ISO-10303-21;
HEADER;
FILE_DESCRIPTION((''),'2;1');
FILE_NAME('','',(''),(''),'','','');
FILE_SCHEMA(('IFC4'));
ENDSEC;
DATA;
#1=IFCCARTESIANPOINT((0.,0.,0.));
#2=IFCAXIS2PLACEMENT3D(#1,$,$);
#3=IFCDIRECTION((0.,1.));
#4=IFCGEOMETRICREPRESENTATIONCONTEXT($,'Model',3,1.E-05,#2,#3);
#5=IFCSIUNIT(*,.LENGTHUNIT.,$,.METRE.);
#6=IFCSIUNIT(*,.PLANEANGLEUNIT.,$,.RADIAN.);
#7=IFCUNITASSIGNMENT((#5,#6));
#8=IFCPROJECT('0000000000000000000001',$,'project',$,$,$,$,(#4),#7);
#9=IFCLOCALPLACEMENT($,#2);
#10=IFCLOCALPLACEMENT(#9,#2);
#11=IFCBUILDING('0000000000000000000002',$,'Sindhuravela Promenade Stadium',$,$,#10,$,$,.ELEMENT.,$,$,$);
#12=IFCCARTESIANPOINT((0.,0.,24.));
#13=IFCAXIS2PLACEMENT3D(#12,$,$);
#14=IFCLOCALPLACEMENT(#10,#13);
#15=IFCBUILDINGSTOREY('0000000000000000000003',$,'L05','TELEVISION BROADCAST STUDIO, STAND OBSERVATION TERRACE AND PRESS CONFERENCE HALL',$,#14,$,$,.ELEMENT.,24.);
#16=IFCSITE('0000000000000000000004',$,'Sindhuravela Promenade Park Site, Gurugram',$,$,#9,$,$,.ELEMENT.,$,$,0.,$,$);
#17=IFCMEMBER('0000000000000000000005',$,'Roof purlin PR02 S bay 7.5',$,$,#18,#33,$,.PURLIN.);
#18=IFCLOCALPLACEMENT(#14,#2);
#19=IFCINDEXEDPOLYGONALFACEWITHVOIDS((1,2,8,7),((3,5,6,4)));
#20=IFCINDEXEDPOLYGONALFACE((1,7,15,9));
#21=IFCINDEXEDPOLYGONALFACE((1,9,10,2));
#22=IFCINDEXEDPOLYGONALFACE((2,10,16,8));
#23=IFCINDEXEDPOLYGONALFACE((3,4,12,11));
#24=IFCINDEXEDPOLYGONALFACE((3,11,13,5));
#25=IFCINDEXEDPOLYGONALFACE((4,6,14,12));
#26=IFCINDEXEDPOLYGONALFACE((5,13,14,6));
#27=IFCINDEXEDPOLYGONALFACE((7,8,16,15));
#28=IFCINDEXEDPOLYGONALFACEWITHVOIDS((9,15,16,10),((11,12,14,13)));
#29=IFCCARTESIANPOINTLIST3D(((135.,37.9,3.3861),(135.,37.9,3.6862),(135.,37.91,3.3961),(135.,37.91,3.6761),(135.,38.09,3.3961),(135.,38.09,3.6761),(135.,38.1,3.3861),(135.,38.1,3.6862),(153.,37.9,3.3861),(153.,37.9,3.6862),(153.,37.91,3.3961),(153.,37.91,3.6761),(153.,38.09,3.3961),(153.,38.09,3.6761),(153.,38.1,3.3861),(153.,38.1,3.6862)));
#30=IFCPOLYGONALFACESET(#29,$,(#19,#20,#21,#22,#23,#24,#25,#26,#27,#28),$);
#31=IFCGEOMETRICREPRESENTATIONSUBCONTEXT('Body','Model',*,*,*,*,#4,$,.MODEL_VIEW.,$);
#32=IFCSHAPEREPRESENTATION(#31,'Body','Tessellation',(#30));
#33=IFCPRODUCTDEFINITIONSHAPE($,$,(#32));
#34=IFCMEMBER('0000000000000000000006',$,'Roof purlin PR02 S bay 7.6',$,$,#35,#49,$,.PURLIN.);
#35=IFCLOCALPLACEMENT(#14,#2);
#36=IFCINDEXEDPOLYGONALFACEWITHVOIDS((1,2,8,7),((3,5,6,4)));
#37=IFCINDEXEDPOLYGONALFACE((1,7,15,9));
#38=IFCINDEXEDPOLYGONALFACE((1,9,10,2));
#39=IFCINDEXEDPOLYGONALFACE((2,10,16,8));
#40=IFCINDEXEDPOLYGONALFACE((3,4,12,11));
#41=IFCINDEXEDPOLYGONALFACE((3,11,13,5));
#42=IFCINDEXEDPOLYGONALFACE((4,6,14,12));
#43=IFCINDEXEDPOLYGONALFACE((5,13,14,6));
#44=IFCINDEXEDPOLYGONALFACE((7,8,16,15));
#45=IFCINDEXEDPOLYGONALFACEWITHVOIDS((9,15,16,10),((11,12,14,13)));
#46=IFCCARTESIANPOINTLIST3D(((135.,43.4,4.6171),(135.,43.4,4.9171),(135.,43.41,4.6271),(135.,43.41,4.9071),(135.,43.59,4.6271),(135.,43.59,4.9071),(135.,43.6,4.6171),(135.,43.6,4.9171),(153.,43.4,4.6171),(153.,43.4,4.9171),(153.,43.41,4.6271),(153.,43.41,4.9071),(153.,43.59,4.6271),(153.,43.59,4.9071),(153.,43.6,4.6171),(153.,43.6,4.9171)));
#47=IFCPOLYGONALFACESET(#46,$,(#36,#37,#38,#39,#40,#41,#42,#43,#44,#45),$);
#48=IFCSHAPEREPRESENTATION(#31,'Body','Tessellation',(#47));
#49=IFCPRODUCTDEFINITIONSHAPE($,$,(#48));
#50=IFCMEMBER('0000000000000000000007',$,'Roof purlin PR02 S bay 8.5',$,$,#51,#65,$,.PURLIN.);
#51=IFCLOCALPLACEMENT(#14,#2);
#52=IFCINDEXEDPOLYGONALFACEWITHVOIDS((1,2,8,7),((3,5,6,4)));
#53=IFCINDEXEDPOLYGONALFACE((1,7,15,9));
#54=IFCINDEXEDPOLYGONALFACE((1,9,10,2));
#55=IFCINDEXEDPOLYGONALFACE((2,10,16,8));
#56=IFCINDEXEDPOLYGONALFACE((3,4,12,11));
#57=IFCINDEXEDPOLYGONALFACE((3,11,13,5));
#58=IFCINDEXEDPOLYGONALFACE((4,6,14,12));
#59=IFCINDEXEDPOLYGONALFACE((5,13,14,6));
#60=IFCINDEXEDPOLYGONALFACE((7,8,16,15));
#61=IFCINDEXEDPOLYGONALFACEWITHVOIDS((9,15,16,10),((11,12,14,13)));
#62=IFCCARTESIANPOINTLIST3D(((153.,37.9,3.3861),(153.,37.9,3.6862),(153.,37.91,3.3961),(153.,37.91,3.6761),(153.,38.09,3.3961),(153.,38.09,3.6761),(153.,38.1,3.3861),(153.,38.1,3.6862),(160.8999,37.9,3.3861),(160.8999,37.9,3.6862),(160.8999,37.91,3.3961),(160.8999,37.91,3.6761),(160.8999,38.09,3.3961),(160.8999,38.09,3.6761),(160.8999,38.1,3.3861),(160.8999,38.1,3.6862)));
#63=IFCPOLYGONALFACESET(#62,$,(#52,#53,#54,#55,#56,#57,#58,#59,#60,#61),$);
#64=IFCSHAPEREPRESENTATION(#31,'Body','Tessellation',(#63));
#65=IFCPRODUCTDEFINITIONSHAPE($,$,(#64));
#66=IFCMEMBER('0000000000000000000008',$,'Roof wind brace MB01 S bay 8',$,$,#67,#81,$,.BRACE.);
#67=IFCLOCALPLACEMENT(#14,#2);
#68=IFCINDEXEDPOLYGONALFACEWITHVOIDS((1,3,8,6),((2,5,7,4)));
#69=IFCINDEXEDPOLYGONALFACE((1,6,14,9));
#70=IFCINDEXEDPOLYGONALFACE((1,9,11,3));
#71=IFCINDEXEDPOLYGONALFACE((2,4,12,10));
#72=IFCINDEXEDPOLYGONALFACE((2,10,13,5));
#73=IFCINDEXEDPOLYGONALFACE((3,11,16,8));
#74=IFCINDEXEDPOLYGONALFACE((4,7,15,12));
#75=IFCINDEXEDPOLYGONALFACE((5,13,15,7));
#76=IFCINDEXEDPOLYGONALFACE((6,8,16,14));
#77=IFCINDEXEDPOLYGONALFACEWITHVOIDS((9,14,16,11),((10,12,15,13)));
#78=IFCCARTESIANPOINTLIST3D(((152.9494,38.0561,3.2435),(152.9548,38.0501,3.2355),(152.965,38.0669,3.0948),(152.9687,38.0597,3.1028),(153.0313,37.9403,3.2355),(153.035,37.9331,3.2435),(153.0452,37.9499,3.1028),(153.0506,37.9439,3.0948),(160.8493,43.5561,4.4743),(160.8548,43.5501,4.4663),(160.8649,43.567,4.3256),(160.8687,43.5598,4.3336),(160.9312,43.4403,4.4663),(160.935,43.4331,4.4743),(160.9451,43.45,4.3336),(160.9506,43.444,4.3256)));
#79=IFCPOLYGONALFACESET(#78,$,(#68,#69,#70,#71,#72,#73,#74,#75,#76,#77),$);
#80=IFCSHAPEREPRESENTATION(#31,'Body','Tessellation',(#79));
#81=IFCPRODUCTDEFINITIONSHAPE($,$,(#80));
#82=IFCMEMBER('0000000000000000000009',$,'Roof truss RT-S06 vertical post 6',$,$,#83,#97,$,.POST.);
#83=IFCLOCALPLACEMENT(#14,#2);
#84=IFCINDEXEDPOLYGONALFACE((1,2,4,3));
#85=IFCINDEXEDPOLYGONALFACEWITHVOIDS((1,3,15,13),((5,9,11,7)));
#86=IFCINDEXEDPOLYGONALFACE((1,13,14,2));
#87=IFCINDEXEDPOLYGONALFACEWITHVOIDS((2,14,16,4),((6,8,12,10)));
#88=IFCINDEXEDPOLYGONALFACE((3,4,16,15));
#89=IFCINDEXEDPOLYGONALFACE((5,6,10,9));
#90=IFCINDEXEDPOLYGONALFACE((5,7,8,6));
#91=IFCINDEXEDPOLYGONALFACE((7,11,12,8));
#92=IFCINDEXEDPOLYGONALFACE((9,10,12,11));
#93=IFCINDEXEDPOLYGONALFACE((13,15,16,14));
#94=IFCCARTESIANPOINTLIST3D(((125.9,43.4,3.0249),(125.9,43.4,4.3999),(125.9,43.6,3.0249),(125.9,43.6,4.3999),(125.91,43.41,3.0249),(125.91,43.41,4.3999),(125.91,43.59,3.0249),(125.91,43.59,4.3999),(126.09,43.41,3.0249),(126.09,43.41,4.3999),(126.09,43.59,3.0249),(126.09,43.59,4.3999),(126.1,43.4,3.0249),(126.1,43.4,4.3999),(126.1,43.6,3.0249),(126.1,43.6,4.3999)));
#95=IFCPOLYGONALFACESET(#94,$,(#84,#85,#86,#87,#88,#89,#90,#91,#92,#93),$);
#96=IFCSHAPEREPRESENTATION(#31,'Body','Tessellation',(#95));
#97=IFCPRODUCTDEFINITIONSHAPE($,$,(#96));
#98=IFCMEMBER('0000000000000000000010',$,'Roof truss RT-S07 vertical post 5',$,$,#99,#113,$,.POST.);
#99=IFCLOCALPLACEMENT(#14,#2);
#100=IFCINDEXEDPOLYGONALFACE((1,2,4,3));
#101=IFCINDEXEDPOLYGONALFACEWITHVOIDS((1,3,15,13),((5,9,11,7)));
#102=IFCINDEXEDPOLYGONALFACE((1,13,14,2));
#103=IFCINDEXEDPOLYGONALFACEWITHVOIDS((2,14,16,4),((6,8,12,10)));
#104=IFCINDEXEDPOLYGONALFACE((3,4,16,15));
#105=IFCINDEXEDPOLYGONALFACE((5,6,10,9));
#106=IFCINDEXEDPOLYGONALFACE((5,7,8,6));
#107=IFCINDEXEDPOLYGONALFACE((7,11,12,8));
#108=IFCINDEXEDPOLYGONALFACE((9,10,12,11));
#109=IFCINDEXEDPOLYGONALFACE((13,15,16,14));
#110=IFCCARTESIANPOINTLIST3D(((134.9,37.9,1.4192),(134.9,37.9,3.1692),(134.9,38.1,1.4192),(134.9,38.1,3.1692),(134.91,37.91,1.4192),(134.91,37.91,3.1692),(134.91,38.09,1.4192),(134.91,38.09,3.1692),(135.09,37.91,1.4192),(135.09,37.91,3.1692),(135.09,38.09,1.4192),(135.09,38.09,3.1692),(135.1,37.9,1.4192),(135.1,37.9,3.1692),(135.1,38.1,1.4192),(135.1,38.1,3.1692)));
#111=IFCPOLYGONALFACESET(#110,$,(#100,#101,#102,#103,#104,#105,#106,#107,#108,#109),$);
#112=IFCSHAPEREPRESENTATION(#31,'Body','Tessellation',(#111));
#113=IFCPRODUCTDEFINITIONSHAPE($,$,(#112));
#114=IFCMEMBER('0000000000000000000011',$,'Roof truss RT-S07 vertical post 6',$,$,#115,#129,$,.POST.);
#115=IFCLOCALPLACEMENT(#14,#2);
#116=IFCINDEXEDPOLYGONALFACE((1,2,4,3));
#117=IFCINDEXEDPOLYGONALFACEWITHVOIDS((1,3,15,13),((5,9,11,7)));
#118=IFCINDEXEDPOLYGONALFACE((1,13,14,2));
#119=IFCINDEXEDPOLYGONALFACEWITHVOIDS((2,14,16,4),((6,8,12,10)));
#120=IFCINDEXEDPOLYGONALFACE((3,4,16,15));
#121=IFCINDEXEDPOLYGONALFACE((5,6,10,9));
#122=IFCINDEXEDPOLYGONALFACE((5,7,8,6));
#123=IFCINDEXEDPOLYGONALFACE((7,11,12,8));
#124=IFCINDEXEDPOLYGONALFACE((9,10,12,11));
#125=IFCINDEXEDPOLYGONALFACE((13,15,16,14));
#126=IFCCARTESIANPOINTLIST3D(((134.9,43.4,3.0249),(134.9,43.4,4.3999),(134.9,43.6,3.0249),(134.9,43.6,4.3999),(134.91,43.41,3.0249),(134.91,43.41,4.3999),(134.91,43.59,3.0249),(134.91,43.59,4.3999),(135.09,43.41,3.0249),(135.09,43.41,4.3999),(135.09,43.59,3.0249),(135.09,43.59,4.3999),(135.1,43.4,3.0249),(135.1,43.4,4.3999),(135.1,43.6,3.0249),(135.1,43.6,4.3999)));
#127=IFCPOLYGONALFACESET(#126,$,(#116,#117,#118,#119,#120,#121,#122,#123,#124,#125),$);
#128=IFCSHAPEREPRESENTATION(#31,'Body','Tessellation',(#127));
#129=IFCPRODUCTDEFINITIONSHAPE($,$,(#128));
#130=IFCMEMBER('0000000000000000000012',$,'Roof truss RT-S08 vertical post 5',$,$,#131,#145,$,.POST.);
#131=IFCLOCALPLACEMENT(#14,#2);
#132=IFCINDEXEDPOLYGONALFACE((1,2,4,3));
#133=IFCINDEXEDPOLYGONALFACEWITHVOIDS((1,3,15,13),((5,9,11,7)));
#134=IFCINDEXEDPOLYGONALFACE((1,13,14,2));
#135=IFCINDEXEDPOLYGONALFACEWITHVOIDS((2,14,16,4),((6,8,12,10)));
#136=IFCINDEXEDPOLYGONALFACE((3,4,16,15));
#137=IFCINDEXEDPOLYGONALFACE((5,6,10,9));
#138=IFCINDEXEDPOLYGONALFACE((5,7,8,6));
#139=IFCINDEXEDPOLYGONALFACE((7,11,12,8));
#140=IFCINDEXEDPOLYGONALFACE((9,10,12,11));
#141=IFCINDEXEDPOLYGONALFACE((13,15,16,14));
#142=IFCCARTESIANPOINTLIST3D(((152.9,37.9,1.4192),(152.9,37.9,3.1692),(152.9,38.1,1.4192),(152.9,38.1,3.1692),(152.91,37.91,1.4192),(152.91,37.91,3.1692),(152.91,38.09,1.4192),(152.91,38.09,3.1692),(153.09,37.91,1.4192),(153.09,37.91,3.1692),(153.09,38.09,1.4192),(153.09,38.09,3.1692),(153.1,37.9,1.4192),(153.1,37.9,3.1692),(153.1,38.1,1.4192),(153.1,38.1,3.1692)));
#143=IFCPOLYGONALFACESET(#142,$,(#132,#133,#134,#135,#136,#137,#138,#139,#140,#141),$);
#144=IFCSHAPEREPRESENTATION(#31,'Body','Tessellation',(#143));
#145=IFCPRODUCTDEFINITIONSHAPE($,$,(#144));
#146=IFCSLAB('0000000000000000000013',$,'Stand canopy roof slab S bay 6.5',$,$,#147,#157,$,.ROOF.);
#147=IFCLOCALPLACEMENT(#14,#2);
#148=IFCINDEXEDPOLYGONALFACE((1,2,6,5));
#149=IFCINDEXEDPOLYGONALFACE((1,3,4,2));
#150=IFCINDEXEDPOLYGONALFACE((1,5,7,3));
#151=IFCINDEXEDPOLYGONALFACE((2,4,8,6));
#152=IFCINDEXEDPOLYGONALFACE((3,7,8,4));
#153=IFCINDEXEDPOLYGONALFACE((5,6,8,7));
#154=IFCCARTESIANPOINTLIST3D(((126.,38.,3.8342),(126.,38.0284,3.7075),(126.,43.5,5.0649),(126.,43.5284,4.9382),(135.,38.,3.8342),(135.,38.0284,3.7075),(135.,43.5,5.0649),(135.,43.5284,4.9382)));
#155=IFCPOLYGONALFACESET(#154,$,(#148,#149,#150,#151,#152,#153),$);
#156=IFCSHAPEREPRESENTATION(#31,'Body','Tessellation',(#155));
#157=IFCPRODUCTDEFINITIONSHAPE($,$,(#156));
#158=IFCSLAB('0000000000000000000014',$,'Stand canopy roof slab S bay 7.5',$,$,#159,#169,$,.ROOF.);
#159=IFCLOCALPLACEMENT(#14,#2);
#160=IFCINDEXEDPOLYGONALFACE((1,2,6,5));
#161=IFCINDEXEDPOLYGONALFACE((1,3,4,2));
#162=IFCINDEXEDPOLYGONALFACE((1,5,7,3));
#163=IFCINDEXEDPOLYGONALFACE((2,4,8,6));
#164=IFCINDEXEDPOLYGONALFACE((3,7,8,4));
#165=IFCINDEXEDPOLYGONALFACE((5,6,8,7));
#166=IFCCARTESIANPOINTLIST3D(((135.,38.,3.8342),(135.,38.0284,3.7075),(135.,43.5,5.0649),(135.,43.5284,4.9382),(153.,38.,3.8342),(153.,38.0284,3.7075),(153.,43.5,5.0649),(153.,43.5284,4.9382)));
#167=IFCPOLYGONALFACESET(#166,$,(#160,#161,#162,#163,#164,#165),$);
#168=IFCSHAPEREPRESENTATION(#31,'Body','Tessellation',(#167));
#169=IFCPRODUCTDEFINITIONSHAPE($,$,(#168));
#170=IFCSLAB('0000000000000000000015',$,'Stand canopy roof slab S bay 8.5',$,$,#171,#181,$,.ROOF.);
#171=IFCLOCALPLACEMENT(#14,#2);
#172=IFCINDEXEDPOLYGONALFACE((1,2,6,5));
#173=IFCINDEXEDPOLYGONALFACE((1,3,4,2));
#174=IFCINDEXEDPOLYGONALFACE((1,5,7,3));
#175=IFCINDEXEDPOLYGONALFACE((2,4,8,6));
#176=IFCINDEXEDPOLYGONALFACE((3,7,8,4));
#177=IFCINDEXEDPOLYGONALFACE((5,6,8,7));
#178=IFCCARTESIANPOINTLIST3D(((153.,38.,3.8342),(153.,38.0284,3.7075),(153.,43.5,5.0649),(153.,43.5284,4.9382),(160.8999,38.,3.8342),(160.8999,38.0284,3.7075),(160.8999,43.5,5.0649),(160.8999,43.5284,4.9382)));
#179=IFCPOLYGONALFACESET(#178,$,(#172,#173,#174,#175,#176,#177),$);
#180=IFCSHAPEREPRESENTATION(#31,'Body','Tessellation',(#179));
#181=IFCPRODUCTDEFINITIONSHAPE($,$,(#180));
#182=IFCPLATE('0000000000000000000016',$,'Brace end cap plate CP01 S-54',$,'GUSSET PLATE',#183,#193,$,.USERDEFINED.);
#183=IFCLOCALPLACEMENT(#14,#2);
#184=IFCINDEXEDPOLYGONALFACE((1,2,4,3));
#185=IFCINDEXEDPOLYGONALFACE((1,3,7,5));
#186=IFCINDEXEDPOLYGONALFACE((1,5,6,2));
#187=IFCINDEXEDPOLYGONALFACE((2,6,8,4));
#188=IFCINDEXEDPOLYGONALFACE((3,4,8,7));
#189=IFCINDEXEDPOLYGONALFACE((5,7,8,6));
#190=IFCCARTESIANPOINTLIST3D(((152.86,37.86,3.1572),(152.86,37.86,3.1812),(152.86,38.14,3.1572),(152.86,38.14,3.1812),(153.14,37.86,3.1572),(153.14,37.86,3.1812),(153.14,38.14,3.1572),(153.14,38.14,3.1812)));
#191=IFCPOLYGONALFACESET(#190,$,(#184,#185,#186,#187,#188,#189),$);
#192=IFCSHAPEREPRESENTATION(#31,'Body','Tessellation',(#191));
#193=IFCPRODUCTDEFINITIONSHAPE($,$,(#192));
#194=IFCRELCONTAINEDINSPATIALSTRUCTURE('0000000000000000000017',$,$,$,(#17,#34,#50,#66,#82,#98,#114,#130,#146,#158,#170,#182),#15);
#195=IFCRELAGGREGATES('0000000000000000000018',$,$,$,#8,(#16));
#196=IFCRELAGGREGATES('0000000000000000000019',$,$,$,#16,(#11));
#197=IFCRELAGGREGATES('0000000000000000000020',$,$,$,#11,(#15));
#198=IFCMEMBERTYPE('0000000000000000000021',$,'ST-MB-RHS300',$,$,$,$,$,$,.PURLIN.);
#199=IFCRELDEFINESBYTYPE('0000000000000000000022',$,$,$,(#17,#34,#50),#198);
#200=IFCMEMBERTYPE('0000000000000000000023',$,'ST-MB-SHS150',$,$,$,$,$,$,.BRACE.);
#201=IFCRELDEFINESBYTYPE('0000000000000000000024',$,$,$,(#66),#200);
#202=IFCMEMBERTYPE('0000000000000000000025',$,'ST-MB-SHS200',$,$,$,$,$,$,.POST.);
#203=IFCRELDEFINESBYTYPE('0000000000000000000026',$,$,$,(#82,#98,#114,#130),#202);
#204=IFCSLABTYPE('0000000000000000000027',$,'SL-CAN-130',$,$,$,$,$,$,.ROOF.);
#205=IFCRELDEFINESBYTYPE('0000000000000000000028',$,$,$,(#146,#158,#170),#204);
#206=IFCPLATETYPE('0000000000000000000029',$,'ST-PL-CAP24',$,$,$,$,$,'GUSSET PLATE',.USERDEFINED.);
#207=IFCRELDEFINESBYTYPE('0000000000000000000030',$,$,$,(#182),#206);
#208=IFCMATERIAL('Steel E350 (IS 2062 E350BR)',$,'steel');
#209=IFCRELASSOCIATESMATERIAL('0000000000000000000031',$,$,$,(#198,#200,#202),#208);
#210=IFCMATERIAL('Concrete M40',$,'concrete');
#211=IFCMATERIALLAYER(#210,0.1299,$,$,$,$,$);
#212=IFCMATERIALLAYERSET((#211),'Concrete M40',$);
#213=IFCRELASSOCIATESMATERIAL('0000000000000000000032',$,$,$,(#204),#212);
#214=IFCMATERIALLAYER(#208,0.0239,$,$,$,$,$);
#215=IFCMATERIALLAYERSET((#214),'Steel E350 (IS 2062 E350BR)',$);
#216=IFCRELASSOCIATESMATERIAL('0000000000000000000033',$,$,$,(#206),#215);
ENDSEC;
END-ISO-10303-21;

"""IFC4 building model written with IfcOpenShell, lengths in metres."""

from ifc_helpers import new_model, si_unit, direction, frame, origin, origin_2d, place, context, subcontext, project, spatial, polyline, rectangle, hollow_rectangle, outline, extrude, material, layer, layer_set, material_profile, profile_set, type_object, element, save


model = new_model("IFC4")

# Units and contexts
model_context = context("Model", 3, precision=1e-05, world=origin(), true_north=direction((0.0, 1.0)))
body_context = subcontext(model_context, "Body", "Model", "MODEL_VIEW")
ifc_project = project(units=[si_unit("LENGTHUNIT", "METRE"), si_unit("PLANEANGLEUNIT", "RADIAN")], contexts=[model_context])

# Site, building, storey
site_placement = place(None, origin())
site = spatial("IfcSite", under=ifc_project, at=site_placement, Name="Sindhuravela Promenade Park Site, Gurugram", CompositionType="ELEMENT", RefElevation=0.0)
building_placement = place(site_placement, origin())
building = spatial("IfcBuilding", under=site, at=building_placement, Name="Sindhuravela Promenade Stadium", CompositionType="ELEMENT")
storey_placement = place(building_placement, frame((0.0, 0.0, 24.0)))
storey = spatial("IfcBuildingStorey", under=building, at=storey_placement, Name="L05", Description="TELEVISION BROADCAST STUDIO, STAND OBSERVATION TERRACE AND PRESS CONFERENCE HALL", CompositionType="ELEMENT", Elevation=24.0)

# Shared definitions
ifc_material_1 = material(Name="Steel E350 (IS 2062 E350BR)", Category="steel")

# Members
ifc_material_profile_1 = material_profile(ifc_material_1, hollow_rectangle(XDim=0.2, YDim=0.3, WallThickness=0.01, at=origin_2d()), Name="RHS 300x200x10")
ifc_profile_set_1 = profile_set([ifc_material_profile_1], Name="Steel E350 (IS 2062 E350BR)")
member_type_1 = type_object("IfcMemberType", Name="ST-MB-RHS300", PredefinedType="PURLIN", material=ifc_profile_set_1)
for number, where, z_axis, x_axis, name in (
    (1, (135.0, 38.0, 3.5361), (1.0, 0.0, 0.0), (0.0, 1.0, 0.0), "Roof purlin PR02 S bay 7.5"),
    (2, (135.0, 43.5, 4.7671), (1.0, 0.0, 0.0), (0.0, 1.0, 0.0), "Roof purlin PR02 S bay 7.6"),
):
    element("IfcMember", number, at=place(storey_placement, frame(where, z_axis=z_axis, x_axis=x_axis)), inside=storey, type_object=member_type_1, Name=name, PredefinedType="PURLIN", context=body_context, shape_type="SweptSolid", body=[
        extrude(hollow_rectangle(XDim=0.2, YDim=0.3, WallThickness=0.01, at=origin_2d()), origin(), (0.0, 0.0, 1.0), 18.0),
    ])
member_1_placement = place(storey_placement, frame((153.0, 38.0, 3.5361), z_axis=(1.0, 0.0, 0.0), x_axis=(0.0, 1.0, 0.0)))
element("IfcMember", 3, at=member_1_placement, inside=storey, type_object=member_type_1, Name="Roof purlin PR02 S bay 8.5", PredefinedType="PURLIN", context=body_context, shape_type="SweptSolid", body=[
    extrude(hollow_rectangle(XDim=0.2, YDim=0.3, WallThickness=0.01, at=origin_2d()), origin(), (0.0, 0.0, 1.0), 7.8999),
])
ifc_material_profile_2 = material_profile(ifc_material_1, hollow_rectangle(XDim=0.1499, YDim=0.1499, WallThickness=0.0081, at=origin_2d()), Name="SHS 150x150x8")
ifc_profile_set_2 = profile_set([ifc_material_profile_2], Name="Steel E350 (IS 2062 E350BR)")
member_type_2 = type_object("IfcMemberType", Name="ST-MB-SHS150", PredefinedType="BRACE", material=ifc_profile_set_2)
member_2_placement = place(storey_placement, frame((153.0, 38.0, 3.1692), z_axis=(0.814063, 0.56676, 0.126822), x_axis=(-0.571374, 0.82069, 0.0)))
element("IfcMember", 4, at=member_2_placement, inside=storey, type_object=member_type_2, Name="Roof wind brace MB01 S bay 8", PredefinedType="BRACE", context=body_context, shape_type="SweptSolid", body=[
    extrude(hollow_rectangle(XDim=0.1499, YDim=0.1499, WallThickness=0.0081, at=origin_2d()), origin(), (0.0, 0.0, 1.0), 9.7043),
])
ifc_material_profile_3 = material_profile(ifc_material_1, hollow_rectangle(XDim=0.2, YDim=0.2, WallThickness=0.01, at=origin_2d()), Name="SHS 200x200x10")
ifc_profile_set_3 = profile_set([ifc_material_profile_3], Name="Steel E350 (IS 2062 E350BR)")
member_type_3 = type_object("IfcMemberType", Name="ST-MB-SHS200", PredefinedType="POST", material=ifc_profile_set_3)
member_3_placement = place(storey_placement, frame((126.0, 43.5, 3.0249), z_axis=(0.0, 0.0, 1.0), x_axis=(1.0, 0.0, 0.0)))
element("IfcMember", 5, at=member_3_placement, inside=storey, type_object=member_type_3, Name="Roof truss RT-S06 vertical post 6", PredefinedType="POST", context=body_context, shape_type="SweptSolid", body=[
    extrude(hollow_rectangle(XDim=0.2, YDim=0.2, WallThickness=0.01, at=origin_2d()), origin(), (0.0, 0.0, 1.0), 1.375),
])
member_4_placement = place(storey_placement, frame((135.0, 38.0, 1.4192), z_axis=(0.0, 0.0, 1.0), x_axis=(1.0, 0.0, 0.0)))
element("IfcMember", 6, at=member_4_placement, inside=storey, type_object=member_type_3, Name="Roof truss RT-S07 vertical post 5", PredefinedType="POST", context=body_context, shape_type="SweptSolid", body=[
    extrude(hollow_rectangle(XDim=0.2, YDim=0.2, WallThickness=0.01, at=origin_2d()), origin(), (0.0, 0.0, 1.0), 1.75),
])
member_5_placement = place(storey_placement, frame((135.0, 43.5, 3.0249), z_axis=(0.0, 0.0, 1.0), x_axis=(1.0, 0.0, 0.0)))
element("IfcMember", 7, at=member_5_placement, inside=storey, type_object=member_type_3, Name="Roof truss RT-S07 vertical post 6", PredefinedType="POST", context=body_context, shape_type="SweptSolid", body=[
    extrude(hollow_rectangle(XDim=0.2, YDim=0.2, WallThickness=0.01, at=origin_2d()), origin(), (0.0, 0.0, 1.0), 1.375),
])
member_6_placement = place(storey_placement, frame((153.0, 38.0, 1.4192), z_axis=(0.0, 0.0, 1.0), x_axis=(1.0, 0.0, 0.0)))
element("IfcMember", 8, at=member_6_placement, inside=storey, type_object=member_type_3, Name="Roof truss RT-S08 vertical post 5", PredefinedType="POST", context=body_context, shape_type="SweptSolid", body=[
    extrude(hollow_rectangle(XDim=0.2, YDim=0.2, WallThickness=0.01, at=origin_2d()), origin(), (0.0, 0.0, 1.0), 1.75),
])

# Slabs
ifc_material_2 = material(Name="Concrete M40", Category="concrete")
ifc_layer_1 = layer(ifc_material_2, 0.1299)
ifc_layer_set_1 = layer_set([ifc_layer_1], Name="Concrete M40")
slab_type = type_object("IfcSlabType", Name="SL-CAN-130", PredefinedType="ROOF", material=ifc_layer_set_1)
slab_1_placement = place(storey_placement, frame((126.0, 38.0, 3.8342), z_axis=(0.0, -0.218366, 0.975867), x_axis=(1.0, 0.0, 0.0)))
element("IfcSlab", 9, at=slab_1_placement, inside=storey, type_object=slab_type, Name="Stand canopy roof slab S bay 6.5", PredefinedType="ROOF", context=body_context, shape_type="SweptSolid", body=[
    extrude(outline(polyline([(0.0, 0.0), (9.0, 0.0), (9.0, 5.636), (0.0, 5.636), (0.0, 0.0)])), origin(), (0.0, 0.0, -1.0), 0.1299),
])
slab_2_placement = place(storey_placement, frame((135.0, 38.0, 3.8342), z_axis=(0.0, -0.218366, 0.975867), x_axis=(1.0, 0.0, 0.0)))
element("IfcSlab", 10, at=slab_2_placement, inside=storey, type_object=slab_type, Name="Stand canopy roof slab S bay 7.5", PredefinedType="ROOF", context=body_context, shape_type="SweptSolid", body=[
    extrude(outline(polyline([(0.0, 0.0), (18.0, 0.0), (18.0, 5.636), (0.0, 5.636), (0.0, 0.0)])), origin(), (0.0, 0.0, -1.0), 0.1299),
])
slab_3_placement = place(storey_placement, frame((153.0, 38.0, 3.8342), z_axis=(0.0, -0.218366, 0.975867), x_axis=(1.0, 0.0, 0.0)))
element("IfcSlab", 11, at=slab_3_placement, inside=storey, type_object=slab_type, Name="Stand canopy roof slab S bay 8.5", PredefinedType="ROOF", context=body_context, shape_type="SweptSolid", body=[
    extrude(outline(polyline([(0.0, 0.0), (7.8999, 0.0), (7.8999, 5.636), (0.0, 5.636), (0.0, 0.0)])), origin(), (0.0, 0.0, -1.0), 0.1299),
])

# Plate
ifc_layer_2 = layer(ifc_material_1, 0.0239)
ifc_layer_set_2 = layer_set([ifc_layer_2], Name="Steel E350 (IS 2062 E350BR)")
plate_type_1 = type_object("IfcPlateType", Name="ST-PL-CAP24", ElementType="GUSSET PLATE", PredefinedType="USERDEFINED", material=ifc_layer_set_2)
plate_placement = place(storey_placement, frame((153.0, 38.0, 3.1572), z_axis=(0.0, 0.0, 1.0), x_axis=(1.0, 0.0, 0.0)))
element("IfcPlate", 12, at=plate_placement, inside=storey, type_object=plate_type_1, Name="Brace end cap plate CP01 S-54", ObjectType="GUSSET PLATE", PredefinedType="USERDEFINED", context=body_context, shape_type="SweptSolid", body=[
    extrude(rectangle(XDim=0.28, YDim=0.28, at=origin_2d()), origin(), (0.0, 0.0, 1.0), 0.0239),
])

save(model, "model.ifc")
